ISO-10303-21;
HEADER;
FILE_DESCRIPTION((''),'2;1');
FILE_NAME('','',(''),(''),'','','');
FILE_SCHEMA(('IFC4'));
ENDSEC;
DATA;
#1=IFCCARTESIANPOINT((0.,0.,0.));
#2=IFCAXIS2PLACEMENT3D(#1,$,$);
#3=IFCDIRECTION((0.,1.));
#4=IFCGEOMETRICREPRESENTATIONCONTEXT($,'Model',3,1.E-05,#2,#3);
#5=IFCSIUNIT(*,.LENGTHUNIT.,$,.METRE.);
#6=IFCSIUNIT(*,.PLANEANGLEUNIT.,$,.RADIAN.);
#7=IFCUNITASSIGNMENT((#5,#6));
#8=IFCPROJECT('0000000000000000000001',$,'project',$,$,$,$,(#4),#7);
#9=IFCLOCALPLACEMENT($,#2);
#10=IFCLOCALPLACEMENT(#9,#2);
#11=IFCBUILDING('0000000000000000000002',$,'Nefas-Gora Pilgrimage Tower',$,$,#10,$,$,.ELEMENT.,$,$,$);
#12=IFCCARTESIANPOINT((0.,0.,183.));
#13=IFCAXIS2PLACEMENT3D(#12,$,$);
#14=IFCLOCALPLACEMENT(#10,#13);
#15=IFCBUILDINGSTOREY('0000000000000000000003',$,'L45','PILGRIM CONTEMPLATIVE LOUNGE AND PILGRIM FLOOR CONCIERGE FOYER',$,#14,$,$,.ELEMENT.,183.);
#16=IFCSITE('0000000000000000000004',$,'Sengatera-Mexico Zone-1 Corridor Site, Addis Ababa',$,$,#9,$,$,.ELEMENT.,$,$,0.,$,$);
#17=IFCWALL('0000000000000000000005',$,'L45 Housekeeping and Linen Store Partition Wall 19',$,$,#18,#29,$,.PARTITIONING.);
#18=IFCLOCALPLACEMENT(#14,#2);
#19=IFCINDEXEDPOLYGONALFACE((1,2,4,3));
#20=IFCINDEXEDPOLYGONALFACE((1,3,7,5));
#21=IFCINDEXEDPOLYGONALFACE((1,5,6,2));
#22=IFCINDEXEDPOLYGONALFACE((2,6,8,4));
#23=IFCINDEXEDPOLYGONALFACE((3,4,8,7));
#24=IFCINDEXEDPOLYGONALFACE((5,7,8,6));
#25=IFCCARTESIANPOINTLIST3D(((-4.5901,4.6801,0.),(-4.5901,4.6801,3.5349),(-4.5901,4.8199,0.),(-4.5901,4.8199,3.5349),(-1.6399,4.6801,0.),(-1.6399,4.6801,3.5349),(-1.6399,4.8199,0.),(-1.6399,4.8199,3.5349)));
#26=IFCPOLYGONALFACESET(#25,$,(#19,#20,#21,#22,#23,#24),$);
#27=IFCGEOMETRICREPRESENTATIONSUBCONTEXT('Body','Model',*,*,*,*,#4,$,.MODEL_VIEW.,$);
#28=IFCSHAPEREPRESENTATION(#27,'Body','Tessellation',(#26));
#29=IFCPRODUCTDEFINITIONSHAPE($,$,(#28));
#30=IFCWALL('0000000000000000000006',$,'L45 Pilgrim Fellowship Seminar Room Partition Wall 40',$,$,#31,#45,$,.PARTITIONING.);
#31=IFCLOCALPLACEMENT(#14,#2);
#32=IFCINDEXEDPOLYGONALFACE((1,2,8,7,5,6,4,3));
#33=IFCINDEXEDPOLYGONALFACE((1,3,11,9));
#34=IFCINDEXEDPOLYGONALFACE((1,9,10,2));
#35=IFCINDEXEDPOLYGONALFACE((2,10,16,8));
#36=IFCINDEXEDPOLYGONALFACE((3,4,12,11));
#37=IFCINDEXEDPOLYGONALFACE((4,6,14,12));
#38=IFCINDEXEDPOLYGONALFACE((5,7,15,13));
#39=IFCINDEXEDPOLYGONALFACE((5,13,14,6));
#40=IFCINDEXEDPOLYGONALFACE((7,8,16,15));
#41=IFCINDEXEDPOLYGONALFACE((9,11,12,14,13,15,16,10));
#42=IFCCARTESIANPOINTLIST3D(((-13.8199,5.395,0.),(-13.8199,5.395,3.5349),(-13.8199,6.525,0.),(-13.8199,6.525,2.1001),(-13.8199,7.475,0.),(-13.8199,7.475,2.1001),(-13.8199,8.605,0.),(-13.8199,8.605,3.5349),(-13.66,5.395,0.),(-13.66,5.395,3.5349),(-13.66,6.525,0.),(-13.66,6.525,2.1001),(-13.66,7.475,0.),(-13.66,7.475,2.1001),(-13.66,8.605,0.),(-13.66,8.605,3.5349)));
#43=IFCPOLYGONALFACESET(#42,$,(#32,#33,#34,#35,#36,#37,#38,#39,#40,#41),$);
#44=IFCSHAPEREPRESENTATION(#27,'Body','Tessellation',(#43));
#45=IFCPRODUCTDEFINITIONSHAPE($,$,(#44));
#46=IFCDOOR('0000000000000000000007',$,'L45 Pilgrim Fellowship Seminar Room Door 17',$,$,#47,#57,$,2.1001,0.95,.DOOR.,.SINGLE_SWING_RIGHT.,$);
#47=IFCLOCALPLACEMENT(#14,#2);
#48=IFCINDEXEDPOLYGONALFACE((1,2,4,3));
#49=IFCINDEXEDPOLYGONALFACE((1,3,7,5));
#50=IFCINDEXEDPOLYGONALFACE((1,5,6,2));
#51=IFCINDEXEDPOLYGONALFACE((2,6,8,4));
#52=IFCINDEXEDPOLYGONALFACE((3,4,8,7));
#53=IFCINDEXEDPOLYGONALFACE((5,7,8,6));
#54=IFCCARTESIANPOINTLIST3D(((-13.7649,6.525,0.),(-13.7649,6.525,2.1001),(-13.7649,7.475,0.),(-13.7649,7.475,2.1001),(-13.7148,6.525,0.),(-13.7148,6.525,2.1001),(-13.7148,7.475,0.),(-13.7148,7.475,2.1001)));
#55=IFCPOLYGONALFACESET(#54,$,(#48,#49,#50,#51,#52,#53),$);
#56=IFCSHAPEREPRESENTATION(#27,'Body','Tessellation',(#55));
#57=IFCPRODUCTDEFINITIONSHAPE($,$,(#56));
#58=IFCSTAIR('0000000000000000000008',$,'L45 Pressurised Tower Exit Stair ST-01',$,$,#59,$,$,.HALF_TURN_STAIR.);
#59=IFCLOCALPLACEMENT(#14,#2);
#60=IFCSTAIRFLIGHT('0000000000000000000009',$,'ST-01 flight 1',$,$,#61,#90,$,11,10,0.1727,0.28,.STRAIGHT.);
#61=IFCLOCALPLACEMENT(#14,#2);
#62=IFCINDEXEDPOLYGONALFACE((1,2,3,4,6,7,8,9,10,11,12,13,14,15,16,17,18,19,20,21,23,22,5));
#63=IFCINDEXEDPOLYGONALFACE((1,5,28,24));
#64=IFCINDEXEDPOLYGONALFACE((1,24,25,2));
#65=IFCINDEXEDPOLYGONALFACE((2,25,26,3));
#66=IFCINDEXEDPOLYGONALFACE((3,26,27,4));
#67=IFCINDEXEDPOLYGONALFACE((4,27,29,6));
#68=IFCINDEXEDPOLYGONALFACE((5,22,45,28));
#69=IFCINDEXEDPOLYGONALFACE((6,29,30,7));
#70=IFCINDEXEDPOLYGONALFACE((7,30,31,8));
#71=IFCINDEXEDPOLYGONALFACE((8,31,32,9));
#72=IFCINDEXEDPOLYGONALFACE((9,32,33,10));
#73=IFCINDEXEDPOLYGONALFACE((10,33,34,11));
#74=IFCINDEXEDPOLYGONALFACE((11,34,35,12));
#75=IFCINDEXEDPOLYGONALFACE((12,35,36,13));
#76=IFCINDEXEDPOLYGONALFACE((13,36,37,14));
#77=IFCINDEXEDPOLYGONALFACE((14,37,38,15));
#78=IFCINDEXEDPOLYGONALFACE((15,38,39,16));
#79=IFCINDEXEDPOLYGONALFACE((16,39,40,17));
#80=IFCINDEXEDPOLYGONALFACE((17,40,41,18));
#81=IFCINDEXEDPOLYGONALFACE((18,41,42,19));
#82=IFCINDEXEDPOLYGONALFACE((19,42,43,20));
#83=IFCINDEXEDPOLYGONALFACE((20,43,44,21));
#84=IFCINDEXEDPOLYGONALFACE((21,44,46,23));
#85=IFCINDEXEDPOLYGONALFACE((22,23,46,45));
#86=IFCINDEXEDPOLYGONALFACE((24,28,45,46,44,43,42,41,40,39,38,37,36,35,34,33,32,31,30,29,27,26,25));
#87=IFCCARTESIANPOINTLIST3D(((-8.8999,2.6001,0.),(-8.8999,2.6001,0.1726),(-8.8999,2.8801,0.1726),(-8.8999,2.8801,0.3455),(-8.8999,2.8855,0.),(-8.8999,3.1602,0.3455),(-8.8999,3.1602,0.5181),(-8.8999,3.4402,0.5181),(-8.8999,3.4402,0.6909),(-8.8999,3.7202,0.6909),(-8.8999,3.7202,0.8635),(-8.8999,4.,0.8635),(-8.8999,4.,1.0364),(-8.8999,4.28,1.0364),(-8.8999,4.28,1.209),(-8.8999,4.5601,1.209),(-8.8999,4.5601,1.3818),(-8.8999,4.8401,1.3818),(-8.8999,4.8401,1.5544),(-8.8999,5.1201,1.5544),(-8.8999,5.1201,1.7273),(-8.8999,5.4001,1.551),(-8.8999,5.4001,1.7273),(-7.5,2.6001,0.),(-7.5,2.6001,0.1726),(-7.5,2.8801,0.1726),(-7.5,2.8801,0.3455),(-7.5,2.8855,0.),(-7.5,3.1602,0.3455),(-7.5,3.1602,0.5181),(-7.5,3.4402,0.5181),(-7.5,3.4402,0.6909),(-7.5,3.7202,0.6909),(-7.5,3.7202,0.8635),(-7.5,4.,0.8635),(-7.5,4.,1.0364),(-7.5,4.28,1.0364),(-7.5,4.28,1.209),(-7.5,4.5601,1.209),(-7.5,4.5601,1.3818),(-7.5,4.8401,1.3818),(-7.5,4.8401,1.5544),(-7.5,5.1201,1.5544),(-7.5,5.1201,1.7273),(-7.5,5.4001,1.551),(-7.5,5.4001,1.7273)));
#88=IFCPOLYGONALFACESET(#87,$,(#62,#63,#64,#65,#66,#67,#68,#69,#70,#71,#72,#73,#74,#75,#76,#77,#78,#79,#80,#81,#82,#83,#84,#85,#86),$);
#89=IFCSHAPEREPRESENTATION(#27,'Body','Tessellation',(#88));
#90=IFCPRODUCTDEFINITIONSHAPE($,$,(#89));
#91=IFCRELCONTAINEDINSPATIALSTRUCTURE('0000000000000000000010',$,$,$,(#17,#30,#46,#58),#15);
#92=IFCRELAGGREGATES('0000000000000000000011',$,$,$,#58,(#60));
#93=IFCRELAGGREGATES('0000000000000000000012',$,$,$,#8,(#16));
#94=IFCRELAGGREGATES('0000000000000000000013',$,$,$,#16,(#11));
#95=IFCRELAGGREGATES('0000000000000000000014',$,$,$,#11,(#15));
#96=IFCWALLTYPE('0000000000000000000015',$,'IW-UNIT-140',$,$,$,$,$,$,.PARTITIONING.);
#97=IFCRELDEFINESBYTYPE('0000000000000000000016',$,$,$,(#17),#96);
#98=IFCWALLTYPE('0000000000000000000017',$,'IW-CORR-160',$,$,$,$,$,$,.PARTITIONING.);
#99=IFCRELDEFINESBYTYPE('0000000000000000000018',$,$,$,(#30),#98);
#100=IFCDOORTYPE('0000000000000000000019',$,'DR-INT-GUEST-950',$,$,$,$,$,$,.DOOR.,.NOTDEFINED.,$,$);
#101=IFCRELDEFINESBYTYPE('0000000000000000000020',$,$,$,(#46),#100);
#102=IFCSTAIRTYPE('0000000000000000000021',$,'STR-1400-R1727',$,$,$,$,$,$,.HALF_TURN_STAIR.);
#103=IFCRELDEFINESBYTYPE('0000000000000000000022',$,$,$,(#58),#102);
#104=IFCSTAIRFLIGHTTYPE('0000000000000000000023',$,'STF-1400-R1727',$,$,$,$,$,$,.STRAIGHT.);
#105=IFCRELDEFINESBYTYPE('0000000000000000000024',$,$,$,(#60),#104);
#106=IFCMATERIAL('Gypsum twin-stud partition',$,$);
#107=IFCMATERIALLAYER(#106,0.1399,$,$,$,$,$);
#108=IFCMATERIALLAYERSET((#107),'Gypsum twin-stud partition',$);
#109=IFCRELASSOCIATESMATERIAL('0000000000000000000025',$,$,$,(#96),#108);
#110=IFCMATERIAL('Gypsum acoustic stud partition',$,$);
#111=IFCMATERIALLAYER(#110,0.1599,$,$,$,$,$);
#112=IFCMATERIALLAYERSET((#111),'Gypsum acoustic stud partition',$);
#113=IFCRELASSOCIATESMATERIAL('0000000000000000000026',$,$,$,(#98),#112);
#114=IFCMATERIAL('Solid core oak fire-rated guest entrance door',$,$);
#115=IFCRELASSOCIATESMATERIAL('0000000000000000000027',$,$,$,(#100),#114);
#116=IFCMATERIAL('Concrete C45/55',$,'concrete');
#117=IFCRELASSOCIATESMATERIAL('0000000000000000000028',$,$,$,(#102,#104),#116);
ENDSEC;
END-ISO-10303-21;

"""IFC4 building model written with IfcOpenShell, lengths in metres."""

from ifc_helpers import new_model, si_unit, direction, frame, frame_2d, origin, place, context, subcontext, project, spatial, polyline, rectangle, outline, extrude, source, transform, mapped, material, layer, layer_set, type_object, element, fill, aggregate, save


model = new_model("IFC4")

# Units and contexts
model_context = context("Model", 3, precision=1e-05, world=origin(), true_north=direction((0.0, 1.0)))
body_context = subcontext(model_context, "Body", "Model", "MODEL_VIEW")
ifc_project = project(units=[si_unit("LENGTHUNIT", "METRE"), si_unit("PLANEANGLEUNIT", "RADIAN")], contexts=[model_context])

# Site, building, storey
site_placement = place(None, origin())
site = spatial("IfcSite", under=ifc_project, at=site_placement, Name="Sengatera-Mexico Zone-1 Corridor Site, Addis Ababa", CompositionType="ELEMENT", RefElevation=0.0)
building_placement = place(site_placement, origin())
building = spatial("IfcBuilding", under=site, at=building_placement, Name="Nefas-Gora Pilgrimage Tower", CompositionType="ELEMENT")
storey_placement = place(building_placement, frame((0.0, 0.0, 183.0)))
storey = spatial("IfcBuildingStorey", under=building, at=storey_placement, Name="L45", Description="PILGRIM CONTEMPLATIVE LOUNGE AND PILGRIM FLOOR CONCIERGE FOYER", CompositionType="ELEMENT", Elevation=183.0)

# Shared definitions
ifc_material_1 = material(Name="Concrete C45/55", Category="concrete")

# Wall
ifc_material_2 = material(Name="Gypsum twin-stud partition")
ifc_layer_1 = layer(ifc_material_2, 0.1399)
ifc_layer_set_1 = layer_set([ifc_layer_1], Name="Gypsum twin-stud partition")
wall_type_1 = type_object("IfcWallType", Name="IW-UNIT-140", PredefinedType="PARTITIONING", material=ifc_layer_set_1)
shared_shape_1 = source(origin(), body_context, "Body", "SweptSolid", [
    extrude(rectangle(XDim=2.9502, YDim=0.1399, at=frame_2d((1.4751, 0.0))), origin(), (0.0, 0.0, 1.0), 3.5349),
])
wall_1_placement = place(storey_placement, frame((-4.5901, 4.75, 0.0), z_axis=(0.0, 0.0, 1.0), x_axis=(1.0, 0.0, 0.0)))
element("IfcWall", 1, at=wall_1_placement, inside=storey, type_object=wall_type_1, Name="L45 Housekeeping and Linen Store Partition Wall 19", PredefinedType="PARTITIONING", context=body_context, shape_type="MappedRepresentation", body=[
    mapped(shared_shape_1, transform((0.0, 0.0, 0.0), x_axis=(1.0, 0.0, 0.0), y_axis=(0.0, 1.0, 0.0), z_axis=(0.0, 0.0, 1.0), scale=1.0)),
])

# Wall, opening, door
ifc_material_3 = material(Name="Gypsum acoustic stud partition")
ifc_layer_2 = layer(ifc_material_3, 0.1599)
ifc_layer_set_2 = layer_set([ifc_layer_2], Name="Gypsum acoustic stud partition")
wall_type_2 = type_object("IfcWallType", Name="IW-CORR-160", PredefinedType="PARTITIONING", material=ifc_layer_set_2)
shared_shape_2 = source(origin(), body_context, "Body", "SweptSolid", [
    extrude(rectangle(XDim=3.21, YDim=0.1599, at=frame_2d((1.605, 0.0))), origin(), (0.0, 0.0, 1.0), 3.5349),
])
wall_2_placement = place(storey_placement, frame((-13.74, 5.395, 0.0), z_axis=(0.0, 0.0, 1.0), x_axis=(0.0, 1.0, 0.0)))
wall_2 = element("IfcWall", 2, at=wall_2_placement, inside=storey, type_object=wall_type_2, Name="L45 Pilgrim Fellowship Seminar Room Partition Wall 40", PredefinedType="PARTITIONING", context=body_context, shape_type="MappedRepresentation", body=[
    mapped(shared_shape_2, transform((0.0, 0.0, 0.0), x_axis=(1.0, 0.0, 0.0), y_axis=(0.0, 1.0, 0.0), z_axis=(0.0, 0.0, 1.0), scale=1.0)),
])
opening_1_placement = place(wall_2_placement, frame((1.1299, 0.0, 0.0)))
opening_1 = element("IfcOpeningElement", 3, at=opening_1_placement, cuts=wall_2, PredefinedType="OPENING", context=body_context, shape_type="SweptSolid", body=[
    extrude(rectangle(XDim=0.95, YDim=2.1001, at=frame_2d((0.4751, 1.05))), frame((0.0, 0.0898, 0.0), z_axis=(0.0, -1.0, 0.0), x_axis=(1.0, 0.0, 0.0)), (0.0, 0.0, 1.0), 0.1799),
])
ifc_material_4 = material(Name="Solid core oak fire-rated guest entrance door")
door_type_1 = type_object("IfcDoorType", Name="DR-INT-GUEST-950", OperationType="NOTDEFINED", PredefinedType="DOOR", material=ifc_material_4)
shared_shape_3 = source(origin(), body_context, "Body", "SweptSolid", [
    extrude(rectangle(XDim=0.95, YDim=2.1001, at=frame_2d((0.4751, 1.05))), frame((0.0, 0.0249, 0.0), z_axis=(0.0, -1.0, 0.0), x_axis=(1.0, 0.0, 0.0)), (0.0, 0.0, 1.0), 0.05),
])
door_1_placement = place(opening_1_placement, origin())
door_1 = element("IfcDoor", 4, at=door_1_placement, inside=storey, type_object=door_type_1, Name="L45 Pilgrim Fellowship Seminar Room Door 17", OperationType="SINGLE_SWING_RIGHT", OverallHeight=2.1001, OverallWidth=0.95, PredefinedType="DOOR", context=body_context, shape_type="MappedRepresentation", body=[
    mapped(shared_shape_3, transform((0.0, 0.0, 0.0), x_axis=(1.0, 0.0, 0.0), y_axis=(0.0, 1.0, 0.0), z_axis=(0.0, 0.0, 1.0), scale=1.0)),
])
fill(opening_1, door_1)

# Stair, stair flight
stair_type = type_object("IfcStairType", Name="STR-1400-R1727", PredefinedType="HALF_TURN_STAIR", material=ifc_material_1)
stair_placement = place(storey_placement, origin())
stair = element("IfcStair", 5, at=stair_placement, inside=storey, type_object=stair_type, Name="L45 Pressurised Tower Exit Stair ST-01", PredefinedType="HALF_TURN_STAIR")
stair_flight_type = type_object("IfcStairFlightType", Name="STF-1400-R1727", PredefinedType="STRAIGHT", material=ifc_material_1)
shared_shape_4 = source(origin(), body_context, "Body", "SweptSolid", [
    extrude(outline(polyline([(0.0, 0.0), (0.0, 0.1726), (0.28, 0.1726), (0.28, 0.3455), (0.5601, 0.3455), (0.5601, 0.5181), (0.8401, 0.5181), (0.8401, 0.6909), (1.1201, 0.6909), (1.1201, 0.8635), (1.3999, 0.8635), (1.3999, 1.0364), (1.6799, 1.0364), (1.6799, 1.209), (1.96, 1.209), (1.96, 1.3818), (2.24, 1.3818), (2.24, 1.5544), (2.52, 1.5544), (2.52, 1.7273), (2.8, 1.7273), (2.8, 1.8999), (2.8, 1.551), (0.2854, 0.0), (0.0, 0.0)])), frame((0.0, 0.7, 0.0), z_axis=(0.0, -1.0, 0.0), x_axis=(1.0, 0.0, 0.0)), (0.0, 0.0, 1.0), 1.3999),
])
stair_flight_placement = place(storey_placement, frame((-8.2, 2.6001, 0.0), z_axis=(0.0, 0.0, 1.0), x_axis=(0.0, 1.0, 0.0)))
stair_flight = element("IfcStairFlight", 6, at=stair_flight_placement, type_object=stair_flight_type, Name="ST-01 flight 1", NumberOfRisers=11, NumberOfTreads=10, PredefinedType="STRAIGHT", RiserHeight=0.1727, TreadLength=0.28, context=body_context, shape_type="MappedRepresentation", body=[
    mapped(shared_shape_4, transform((0.0, 0.0, 0.0), x_axis=(1.0, 0.0, 0.0), y_axis=(0.0, 1.0, 0.0), z_axis=(0.0, 0.0, 1.0), scale=1.0)),
])
aggregate(stair, [stair_flight])

save(model, "model.ifc")
